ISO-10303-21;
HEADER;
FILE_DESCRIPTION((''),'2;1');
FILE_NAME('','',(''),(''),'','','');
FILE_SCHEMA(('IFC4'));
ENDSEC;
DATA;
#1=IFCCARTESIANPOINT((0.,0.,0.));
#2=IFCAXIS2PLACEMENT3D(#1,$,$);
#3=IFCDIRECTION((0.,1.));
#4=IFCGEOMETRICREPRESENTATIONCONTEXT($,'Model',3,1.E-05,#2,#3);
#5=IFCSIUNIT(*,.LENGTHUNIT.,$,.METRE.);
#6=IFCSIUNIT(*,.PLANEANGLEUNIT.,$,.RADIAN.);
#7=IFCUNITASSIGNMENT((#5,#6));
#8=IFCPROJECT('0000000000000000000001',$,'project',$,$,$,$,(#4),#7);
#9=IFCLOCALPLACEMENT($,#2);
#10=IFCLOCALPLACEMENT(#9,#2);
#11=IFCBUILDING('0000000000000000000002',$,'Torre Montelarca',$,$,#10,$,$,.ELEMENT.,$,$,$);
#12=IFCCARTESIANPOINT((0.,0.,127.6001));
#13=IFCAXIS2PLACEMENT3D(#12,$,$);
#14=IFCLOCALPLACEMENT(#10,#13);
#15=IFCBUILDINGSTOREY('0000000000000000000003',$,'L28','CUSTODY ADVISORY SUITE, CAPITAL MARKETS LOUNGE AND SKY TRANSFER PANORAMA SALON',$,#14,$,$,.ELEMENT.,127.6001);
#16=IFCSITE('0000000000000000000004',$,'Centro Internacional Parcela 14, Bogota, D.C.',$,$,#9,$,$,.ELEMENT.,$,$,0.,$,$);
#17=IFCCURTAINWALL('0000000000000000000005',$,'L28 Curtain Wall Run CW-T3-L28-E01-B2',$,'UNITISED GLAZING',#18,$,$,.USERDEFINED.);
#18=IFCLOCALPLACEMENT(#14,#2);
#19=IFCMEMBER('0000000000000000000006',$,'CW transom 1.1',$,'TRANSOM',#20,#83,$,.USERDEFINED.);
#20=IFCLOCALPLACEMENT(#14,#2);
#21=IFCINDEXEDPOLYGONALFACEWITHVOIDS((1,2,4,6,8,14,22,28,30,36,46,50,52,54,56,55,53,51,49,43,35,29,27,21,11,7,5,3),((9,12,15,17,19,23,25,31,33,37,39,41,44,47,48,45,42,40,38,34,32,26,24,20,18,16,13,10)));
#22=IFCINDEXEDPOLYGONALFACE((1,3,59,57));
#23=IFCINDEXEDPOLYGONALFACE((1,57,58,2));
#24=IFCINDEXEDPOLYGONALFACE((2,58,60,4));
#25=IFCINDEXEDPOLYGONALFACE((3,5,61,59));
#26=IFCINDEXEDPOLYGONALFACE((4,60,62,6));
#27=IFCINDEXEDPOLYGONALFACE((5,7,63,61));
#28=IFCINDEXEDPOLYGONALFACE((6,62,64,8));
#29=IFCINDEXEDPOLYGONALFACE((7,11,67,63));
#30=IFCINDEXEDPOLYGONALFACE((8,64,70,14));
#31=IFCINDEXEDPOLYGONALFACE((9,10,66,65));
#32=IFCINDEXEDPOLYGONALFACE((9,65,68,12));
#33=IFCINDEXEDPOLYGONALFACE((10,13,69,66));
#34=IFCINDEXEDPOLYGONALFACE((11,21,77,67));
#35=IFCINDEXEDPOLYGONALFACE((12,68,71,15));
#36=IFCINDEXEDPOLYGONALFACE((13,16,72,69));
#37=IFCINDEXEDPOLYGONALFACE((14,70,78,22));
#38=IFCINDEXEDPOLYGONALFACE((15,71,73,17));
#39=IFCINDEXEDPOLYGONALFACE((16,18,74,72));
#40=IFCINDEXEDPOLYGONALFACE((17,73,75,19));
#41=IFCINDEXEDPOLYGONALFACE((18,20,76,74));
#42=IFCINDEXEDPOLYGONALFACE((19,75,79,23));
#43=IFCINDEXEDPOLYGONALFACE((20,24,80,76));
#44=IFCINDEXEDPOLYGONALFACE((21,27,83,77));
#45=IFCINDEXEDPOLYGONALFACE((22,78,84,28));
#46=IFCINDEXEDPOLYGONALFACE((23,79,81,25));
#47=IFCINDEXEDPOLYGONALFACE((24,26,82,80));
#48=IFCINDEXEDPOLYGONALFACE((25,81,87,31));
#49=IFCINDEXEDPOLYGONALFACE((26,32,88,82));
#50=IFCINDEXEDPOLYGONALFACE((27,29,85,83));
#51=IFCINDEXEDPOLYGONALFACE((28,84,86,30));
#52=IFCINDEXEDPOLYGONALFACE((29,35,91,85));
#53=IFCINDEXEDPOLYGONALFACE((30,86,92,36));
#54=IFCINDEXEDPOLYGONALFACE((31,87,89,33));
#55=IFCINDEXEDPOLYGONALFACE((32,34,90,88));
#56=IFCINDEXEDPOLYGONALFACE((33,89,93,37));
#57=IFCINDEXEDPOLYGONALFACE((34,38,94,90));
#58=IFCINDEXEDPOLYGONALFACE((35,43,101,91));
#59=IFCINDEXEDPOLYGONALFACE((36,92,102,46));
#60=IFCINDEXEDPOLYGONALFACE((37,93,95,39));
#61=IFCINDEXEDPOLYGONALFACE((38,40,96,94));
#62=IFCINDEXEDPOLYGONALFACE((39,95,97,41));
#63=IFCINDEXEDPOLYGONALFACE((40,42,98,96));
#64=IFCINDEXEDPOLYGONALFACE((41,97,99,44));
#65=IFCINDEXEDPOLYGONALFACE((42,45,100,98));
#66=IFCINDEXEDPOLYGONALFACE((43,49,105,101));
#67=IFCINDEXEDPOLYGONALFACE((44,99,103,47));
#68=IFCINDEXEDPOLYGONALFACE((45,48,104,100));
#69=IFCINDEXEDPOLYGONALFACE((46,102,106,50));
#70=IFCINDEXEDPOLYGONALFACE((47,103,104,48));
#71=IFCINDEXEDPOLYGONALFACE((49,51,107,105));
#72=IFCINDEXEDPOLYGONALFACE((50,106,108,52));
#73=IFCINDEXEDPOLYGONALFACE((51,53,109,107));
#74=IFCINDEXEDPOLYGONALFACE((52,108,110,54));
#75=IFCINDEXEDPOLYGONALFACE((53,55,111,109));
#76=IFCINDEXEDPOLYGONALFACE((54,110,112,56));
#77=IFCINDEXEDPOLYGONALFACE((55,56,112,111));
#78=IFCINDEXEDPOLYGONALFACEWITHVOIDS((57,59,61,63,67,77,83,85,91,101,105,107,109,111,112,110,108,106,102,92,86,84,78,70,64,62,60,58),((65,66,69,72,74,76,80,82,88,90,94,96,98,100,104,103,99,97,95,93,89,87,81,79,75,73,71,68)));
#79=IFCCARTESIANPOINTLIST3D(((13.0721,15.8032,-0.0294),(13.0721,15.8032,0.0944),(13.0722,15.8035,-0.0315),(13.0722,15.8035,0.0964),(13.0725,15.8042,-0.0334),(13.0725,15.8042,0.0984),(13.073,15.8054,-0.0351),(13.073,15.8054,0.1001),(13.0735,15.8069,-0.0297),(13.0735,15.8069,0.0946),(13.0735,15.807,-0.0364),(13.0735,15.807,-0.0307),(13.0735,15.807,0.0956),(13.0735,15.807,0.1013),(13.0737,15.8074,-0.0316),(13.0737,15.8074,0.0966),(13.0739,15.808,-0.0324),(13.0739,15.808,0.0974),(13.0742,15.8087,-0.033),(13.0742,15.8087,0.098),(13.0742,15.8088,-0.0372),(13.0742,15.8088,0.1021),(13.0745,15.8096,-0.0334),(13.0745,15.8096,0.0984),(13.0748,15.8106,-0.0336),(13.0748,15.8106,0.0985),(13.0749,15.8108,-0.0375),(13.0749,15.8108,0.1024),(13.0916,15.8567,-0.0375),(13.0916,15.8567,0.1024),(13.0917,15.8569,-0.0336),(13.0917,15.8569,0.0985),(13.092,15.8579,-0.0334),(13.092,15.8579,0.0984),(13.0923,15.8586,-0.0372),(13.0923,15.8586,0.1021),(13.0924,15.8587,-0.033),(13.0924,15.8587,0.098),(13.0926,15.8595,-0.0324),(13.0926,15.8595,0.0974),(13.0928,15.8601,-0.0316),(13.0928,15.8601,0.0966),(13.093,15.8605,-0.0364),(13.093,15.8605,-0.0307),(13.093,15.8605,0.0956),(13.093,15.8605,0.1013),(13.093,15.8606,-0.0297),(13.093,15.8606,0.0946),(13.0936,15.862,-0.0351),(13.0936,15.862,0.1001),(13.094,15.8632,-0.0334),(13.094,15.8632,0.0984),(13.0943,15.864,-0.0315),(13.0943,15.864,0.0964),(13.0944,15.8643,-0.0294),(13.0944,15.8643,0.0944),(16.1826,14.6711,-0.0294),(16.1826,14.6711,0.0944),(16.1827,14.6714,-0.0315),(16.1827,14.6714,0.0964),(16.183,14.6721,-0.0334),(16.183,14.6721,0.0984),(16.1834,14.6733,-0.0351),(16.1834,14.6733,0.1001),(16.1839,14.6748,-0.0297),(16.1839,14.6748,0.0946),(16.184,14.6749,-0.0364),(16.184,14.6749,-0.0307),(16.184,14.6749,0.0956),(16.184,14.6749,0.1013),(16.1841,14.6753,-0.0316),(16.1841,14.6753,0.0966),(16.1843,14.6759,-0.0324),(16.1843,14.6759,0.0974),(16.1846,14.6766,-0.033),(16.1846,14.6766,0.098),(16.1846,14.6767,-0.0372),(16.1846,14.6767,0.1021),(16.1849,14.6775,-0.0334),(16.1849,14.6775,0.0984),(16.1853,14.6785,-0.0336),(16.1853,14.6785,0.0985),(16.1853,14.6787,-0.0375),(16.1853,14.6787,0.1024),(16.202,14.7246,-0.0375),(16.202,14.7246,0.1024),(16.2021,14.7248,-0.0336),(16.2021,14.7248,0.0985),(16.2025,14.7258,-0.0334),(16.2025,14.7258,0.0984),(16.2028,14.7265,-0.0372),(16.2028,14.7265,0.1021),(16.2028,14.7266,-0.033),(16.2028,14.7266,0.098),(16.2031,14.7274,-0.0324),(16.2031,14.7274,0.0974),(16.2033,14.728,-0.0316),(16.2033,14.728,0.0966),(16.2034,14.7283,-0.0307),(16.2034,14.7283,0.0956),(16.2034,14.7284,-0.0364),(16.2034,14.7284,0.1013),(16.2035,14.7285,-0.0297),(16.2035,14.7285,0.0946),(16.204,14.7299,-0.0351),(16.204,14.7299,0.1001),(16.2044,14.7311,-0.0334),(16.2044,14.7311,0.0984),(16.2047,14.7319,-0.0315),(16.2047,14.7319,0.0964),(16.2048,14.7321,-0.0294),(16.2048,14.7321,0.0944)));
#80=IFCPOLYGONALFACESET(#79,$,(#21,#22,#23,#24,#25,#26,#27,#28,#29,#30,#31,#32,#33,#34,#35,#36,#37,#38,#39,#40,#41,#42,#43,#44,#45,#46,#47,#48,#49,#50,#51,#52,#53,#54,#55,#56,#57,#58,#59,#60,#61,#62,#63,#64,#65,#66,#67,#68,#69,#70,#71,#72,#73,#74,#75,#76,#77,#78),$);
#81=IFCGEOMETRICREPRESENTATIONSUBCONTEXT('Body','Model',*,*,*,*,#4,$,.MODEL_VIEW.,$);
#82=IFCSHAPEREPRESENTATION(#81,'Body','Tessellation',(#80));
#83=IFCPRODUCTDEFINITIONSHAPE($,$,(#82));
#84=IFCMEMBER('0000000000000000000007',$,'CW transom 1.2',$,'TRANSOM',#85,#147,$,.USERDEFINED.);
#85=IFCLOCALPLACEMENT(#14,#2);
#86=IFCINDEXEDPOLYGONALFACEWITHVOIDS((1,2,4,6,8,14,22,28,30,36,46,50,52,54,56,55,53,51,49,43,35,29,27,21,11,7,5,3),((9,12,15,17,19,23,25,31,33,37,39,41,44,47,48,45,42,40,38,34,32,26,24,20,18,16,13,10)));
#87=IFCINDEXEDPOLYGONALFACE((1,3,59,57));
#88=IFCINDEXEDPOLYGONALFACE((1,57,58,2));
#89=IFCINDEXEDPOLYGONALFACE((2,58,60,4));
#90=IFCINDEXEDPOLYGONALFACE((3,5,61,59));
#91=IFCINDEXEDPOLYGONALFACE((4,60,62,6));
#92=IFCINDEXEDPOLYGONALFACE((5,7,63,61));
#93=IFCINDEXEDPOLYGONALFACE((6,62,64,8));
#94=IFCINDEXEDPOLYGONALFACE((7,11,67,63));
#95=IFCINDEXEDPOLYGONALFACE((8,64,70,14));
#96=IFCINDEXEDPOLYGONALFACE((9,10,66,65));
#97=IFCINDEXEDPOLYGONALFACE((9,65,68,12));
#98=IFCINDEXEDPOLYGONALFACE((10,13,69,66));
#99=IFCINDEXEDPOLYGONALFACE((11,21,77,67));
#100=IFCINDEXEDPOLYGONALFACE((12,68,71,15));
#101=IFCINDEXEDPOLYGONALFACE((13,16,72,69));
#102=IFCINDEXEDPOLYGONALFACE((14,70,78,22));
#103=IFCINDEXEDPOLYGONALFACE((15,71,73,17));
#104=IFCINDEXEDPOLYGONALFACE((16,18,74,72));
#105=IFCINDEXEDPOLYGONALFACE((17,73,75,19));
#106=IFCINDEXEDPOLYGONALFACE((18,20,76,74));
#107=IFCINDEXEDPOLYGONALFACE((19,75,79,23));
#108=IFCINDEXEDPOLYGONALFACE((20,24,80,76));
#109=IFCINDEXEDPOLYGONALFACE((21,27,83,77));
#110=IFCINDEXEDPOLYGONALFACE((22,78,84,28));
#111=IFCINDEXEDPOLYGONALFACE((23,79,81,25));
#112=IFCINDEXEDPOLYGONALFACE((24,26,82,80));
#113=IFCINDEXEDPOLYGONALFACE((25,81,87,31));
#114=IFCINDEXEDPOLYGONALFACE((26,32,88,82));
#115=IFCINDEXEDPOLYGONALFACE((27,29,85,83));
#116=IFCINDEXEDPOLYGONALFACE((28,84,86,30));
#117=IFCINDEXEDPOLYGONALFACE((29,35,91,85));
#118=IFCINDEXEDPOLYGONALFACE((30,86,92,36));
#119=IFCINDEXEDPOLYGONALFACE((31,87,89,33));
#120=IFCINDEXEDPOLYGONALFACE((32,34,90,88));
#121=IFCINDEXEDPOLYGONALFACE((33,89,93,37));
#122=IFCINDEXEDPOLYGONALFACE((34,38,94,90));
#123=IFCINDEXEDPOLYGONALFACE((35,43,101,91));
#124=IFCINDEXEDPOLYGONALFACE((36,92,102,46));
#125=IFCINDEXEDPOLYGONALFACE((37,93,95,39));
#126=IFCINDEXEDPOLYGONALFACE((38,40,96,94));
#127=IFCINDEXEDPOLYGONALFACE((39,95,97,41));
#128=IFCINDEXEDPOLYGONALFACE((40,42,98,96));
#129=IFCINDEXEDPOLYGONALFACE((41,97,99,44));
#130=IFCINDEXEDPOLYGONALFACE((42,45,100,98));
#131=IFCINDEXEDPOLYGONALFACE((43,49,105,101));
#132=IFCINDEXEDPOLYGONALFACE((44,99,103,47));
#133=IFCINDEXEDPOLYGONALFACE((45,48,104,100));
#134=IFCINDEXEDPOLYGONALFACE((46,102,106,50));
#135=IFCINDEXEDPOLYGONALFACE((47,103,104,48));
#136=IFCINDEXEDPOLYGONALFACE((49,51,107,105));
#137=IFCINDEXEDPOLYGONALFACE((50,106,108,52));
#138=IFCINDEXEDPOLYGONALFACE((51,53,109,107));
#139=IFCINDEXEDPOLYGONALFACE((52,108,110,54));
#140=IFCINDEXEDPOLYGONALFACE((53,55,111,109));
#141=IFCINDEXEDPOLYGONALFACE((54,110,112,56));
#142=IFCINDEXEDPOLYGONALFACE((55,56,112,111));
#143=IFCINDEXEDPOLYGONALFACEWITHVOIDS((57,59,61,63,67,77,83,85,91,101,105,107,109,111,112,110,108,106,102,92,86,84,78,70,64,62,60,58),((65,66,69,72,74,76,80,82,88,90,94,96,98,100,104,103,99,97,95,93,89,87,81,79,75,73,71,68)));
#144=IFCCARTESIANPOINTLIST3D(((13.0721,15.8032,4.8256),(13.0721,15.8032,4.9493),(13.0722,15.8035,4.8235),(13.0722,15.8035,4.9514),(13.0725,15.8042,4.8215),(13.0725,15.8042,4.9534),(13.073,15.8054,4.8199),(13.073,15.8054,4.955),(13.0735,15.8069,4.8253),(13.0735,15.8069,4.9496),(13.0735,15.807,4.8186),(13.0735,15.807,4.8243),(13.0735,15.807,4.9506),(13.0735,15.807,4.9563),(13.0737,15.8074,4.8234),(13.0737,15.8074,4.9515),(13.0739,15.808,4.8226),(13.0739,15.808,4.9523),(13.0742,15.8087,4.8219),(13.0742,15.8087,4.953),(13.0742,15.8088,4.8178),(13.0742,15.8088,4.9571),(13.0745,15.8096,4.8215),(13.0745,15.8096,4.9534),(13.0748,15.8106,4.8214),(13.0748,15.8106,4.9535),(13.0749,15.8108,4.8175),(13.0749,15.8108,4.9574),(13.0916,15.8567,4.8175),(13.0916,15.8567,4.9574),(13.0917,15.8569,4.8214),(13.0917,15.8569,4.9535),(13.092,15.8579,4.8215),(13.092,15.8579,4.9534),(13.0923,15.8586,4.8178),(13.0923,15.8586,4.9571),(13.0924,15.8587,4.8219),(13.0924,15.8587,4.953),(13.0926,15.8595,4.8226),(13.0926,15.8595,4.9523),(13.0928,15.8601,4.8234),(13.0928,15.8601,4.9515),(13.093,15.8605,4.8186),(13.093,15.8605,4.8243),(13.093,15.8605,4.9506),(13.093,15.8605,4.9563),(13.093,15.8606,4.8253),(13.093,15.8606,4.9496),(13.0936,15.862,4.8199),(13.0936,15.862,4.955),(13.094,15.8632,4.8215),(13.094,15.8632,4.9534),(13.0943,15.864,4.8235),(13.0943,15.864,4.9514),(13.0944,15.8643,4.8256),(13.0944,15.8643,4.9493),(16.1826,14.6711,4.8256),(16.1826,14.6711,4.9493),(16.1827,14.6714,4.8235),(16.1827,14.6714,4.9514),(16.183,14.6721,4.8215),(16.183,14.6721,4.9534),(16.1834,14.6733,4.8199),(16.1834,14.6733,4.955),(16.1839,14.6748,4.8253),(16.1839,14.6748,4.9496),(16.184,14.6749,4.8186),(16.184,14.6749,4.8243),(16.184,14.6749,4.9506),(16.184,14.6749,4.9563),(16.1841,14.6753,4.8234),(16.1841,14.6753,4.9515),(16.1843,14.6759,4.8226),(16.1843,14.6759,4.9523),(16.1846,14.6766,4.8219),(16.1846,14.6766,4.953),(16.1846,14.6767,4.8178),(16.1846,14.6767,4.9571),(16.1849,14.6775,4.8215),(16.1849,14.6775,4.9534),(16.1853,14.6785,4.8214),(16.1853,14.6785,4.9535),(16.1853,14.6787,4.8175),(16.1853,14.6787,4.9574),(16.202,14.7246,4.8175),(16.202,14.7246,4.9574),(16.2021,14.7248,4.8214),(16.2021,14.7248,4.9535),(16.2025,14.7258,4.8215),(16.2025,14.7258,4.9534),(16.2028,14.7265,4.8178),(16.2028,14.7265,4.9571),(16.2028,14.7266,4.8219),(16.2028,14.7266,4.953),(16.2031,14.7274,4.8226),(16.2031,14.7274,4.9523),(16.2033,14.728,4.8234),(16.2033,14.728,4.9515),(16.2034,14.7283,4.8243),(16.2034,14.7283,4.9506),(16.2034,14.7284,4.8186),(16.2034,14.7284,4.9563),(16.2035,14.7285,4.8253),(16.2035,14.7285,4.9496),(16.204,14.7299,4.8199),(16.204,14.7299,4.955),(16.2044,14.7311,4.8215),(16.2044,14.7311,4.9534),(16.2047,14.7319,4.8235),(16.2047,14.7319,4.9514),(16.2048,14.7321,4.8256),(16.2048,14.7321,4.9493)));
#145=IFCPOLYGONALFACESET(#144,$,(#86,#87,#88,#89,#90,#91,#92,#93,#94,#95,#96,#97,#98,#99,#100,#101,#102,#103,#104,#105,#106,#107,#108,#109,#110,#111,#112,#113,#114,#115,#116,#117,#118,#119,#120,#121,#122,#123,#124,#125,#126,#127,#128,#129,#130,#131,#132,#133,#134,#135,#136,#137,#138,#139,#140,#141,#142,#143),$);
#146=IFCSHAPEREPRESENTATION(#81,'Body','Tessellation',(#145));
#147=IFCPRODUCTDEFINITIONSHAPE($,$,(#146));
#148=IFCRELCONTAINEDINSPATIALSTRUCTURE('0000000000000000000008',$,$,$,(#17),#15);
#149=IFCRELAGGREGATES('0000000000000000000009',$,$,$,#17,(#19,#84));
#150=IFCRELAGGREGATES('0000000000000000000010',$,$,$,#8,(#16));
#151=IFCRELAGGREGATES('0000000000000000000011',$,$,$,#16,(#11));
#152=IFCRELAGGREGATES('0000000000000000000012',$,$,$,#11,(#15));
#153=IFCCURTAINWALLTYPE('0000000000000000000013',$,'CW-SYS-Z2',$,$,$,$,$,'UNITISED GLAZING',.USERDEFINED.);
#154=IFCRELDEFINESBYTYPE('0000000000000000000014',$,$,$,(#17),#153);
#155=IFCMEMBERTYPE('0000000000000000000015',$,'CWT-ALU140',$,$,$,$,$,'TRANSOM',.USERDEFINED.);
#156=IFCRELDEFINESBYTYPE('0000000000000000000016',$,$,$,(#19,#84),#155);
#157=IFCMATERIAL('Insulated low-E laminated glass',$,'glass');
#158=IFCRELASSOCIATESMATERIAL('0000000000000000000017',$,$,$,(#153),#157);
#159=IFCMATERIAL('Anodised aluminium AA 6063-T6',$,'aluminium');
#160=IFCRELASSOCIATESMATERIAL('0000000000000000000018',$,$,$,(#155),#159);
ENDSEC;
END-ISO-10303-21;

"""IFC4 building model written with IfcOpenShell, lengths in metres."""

from ifc_helpers import new_model, si_unit, direction, frame, origin, origin_2d, place, context, subcontext, project, spatial, hollow_rectangle, extrude, source, transform, mapped, material, material_profile, profile_set, type_object, element, aggregate, save


model = new_model("IFC4")

# Units and contexts
model_context = context("Model", 3, precision=1e-05, world=origin(), true_north=direction((0.0, 1.0)))
body_context = subcontext(model_context, "Body", "Model", "MODEL_VIEW")
ifc_project = project(units=[si_unit("LENGTHUNIT", "METRE"), si_unit("PLANEANGLEUNIT", "RADIAN")], contexts=[model_context])

# Site, building, storey
site_placement = place(None, origin())
site = spatial("IfcSite", under=ifc_project, at=site_placement, Name="Centro Internacional Parcela 14, Bogota, D.C.", CompositionType="ELEMENT", RefElevation=0.0)
building_placement = place(site_placement, origin())
building = spatial("IfcBuilding", under=site, at=building_placement, Name="Torre Montelarca", CompositionType="ELEMENT")
storey_placement = place(building_placement, frame((0.0, 0.0, 127.6001)))
storey = spatial("IfcBuildingStorey", under=building, at=storey_placement, Name="L28", Description="CUSTODY ADVISORY SUITE, CAPITAL MARKETS LOUNGE AND SKY TRANSFER PANORAMA SALON", CompositionType="ELEMENT", Elevation=127.6001)

# Curtain wall
ifc_material_1 = material(Name="Insulated low-E laminated glass", Category="glass")
curtain_wall_type = type_object("IfcCurtainWallType", Name="CW-SYS-Z2", ElementType="UNITISED GLAZING", PredefinedType="USERDEFINED", material=ifc_material_1)
ifc_material_2 = material(Name="Anodised aluminium AA 6063-T6", Category="aluminium")
curtain_wall_1_placement = place(storey_placement, origin())
curtain_wall_1 = element("IfcCurtainWall", 1, at=curtain_wall_1_placement, inside=storey, type_object=curtain_wall_type, Name="L28 Curtain Wall Run CW-T3-L28-E01-B2", ObjectType="UNITISED GLAZING", PredefinedType="USERDEFINED")

# Members
ifc_material_profile_1 = material_profile(ifc_material_2, hollow_rectangle(XDim=0.0649, YDim=0.1399, WallThickness=0.0039, InnerFilletRadius=0.0039, OuterFilletRadius=0.0081, at=origin_2d()), Name="ALU65X140X4", Category="aluminium")
ifc_profile_set_1 = profile_set([ifc_material_profile_1], Name="Anodised aluminium AA 6063-T6")
member_type_1 = type_object("IfcMemberType", Name="CWT-ALU140", ElementType="TRANSOM", PredefinedType="USERDEFINED", material=ifc_profile_set_1)
shared_shape_1 = source(origin(), body_context, "Body", "SweptSolid", [
    extrude(hollow_rectangle(XDim=0.0649, YDim=0.1399, WallThickness=0.0039, InnerFilletRadius=0.0039, OuterFilletRadius=0.0081, at=origin_2d()), origin(), (0.0, 0.0, 1.0), 3.3101),
])
member_1_placement = place(storey_placement, frame((13.0833, 15.8337, 0.0325), z_axis=(0.939692, -0.342021, 0.0), x_axis=(0.342021, 0.939692, 0.0)))
member_1 = element("IfcMember", 2, at=member_1_placement, type_object=member_type_1, Name="CW transom 1.1", ObjectType="TRANSOM", PredefinedType="USERDEFINED", context=body_context, shape_type="MappedRepresentation", body=[
    mapped(shared_shape_1, transform((0.0, 0.0, 0.0), scale=1.0)),
])
member_2_placement = place(storey_placement, frame((13.0833, 15.8337, 4.8875), z_axis=(0.939692, -0.342021, 0.0), x_axis=(0.342021, 0.939692, 0.0)))
member_2 = element("IfcMember", 3, at=member_2_placement, type_object=member_type_1, Name="CW transom 1.2", ObjectType="TRANSOM", PredefinedType="USERDEFINED", context=body_context, shape_type="MappedRepresentation", body=[
    mapped(shared_shape_1, transform((0.0, 0.0, 0.0), scale=1.0)),
])

aggregate(curtain_wall_1, [member_1, member_2])

save(model, "model.ifc")
